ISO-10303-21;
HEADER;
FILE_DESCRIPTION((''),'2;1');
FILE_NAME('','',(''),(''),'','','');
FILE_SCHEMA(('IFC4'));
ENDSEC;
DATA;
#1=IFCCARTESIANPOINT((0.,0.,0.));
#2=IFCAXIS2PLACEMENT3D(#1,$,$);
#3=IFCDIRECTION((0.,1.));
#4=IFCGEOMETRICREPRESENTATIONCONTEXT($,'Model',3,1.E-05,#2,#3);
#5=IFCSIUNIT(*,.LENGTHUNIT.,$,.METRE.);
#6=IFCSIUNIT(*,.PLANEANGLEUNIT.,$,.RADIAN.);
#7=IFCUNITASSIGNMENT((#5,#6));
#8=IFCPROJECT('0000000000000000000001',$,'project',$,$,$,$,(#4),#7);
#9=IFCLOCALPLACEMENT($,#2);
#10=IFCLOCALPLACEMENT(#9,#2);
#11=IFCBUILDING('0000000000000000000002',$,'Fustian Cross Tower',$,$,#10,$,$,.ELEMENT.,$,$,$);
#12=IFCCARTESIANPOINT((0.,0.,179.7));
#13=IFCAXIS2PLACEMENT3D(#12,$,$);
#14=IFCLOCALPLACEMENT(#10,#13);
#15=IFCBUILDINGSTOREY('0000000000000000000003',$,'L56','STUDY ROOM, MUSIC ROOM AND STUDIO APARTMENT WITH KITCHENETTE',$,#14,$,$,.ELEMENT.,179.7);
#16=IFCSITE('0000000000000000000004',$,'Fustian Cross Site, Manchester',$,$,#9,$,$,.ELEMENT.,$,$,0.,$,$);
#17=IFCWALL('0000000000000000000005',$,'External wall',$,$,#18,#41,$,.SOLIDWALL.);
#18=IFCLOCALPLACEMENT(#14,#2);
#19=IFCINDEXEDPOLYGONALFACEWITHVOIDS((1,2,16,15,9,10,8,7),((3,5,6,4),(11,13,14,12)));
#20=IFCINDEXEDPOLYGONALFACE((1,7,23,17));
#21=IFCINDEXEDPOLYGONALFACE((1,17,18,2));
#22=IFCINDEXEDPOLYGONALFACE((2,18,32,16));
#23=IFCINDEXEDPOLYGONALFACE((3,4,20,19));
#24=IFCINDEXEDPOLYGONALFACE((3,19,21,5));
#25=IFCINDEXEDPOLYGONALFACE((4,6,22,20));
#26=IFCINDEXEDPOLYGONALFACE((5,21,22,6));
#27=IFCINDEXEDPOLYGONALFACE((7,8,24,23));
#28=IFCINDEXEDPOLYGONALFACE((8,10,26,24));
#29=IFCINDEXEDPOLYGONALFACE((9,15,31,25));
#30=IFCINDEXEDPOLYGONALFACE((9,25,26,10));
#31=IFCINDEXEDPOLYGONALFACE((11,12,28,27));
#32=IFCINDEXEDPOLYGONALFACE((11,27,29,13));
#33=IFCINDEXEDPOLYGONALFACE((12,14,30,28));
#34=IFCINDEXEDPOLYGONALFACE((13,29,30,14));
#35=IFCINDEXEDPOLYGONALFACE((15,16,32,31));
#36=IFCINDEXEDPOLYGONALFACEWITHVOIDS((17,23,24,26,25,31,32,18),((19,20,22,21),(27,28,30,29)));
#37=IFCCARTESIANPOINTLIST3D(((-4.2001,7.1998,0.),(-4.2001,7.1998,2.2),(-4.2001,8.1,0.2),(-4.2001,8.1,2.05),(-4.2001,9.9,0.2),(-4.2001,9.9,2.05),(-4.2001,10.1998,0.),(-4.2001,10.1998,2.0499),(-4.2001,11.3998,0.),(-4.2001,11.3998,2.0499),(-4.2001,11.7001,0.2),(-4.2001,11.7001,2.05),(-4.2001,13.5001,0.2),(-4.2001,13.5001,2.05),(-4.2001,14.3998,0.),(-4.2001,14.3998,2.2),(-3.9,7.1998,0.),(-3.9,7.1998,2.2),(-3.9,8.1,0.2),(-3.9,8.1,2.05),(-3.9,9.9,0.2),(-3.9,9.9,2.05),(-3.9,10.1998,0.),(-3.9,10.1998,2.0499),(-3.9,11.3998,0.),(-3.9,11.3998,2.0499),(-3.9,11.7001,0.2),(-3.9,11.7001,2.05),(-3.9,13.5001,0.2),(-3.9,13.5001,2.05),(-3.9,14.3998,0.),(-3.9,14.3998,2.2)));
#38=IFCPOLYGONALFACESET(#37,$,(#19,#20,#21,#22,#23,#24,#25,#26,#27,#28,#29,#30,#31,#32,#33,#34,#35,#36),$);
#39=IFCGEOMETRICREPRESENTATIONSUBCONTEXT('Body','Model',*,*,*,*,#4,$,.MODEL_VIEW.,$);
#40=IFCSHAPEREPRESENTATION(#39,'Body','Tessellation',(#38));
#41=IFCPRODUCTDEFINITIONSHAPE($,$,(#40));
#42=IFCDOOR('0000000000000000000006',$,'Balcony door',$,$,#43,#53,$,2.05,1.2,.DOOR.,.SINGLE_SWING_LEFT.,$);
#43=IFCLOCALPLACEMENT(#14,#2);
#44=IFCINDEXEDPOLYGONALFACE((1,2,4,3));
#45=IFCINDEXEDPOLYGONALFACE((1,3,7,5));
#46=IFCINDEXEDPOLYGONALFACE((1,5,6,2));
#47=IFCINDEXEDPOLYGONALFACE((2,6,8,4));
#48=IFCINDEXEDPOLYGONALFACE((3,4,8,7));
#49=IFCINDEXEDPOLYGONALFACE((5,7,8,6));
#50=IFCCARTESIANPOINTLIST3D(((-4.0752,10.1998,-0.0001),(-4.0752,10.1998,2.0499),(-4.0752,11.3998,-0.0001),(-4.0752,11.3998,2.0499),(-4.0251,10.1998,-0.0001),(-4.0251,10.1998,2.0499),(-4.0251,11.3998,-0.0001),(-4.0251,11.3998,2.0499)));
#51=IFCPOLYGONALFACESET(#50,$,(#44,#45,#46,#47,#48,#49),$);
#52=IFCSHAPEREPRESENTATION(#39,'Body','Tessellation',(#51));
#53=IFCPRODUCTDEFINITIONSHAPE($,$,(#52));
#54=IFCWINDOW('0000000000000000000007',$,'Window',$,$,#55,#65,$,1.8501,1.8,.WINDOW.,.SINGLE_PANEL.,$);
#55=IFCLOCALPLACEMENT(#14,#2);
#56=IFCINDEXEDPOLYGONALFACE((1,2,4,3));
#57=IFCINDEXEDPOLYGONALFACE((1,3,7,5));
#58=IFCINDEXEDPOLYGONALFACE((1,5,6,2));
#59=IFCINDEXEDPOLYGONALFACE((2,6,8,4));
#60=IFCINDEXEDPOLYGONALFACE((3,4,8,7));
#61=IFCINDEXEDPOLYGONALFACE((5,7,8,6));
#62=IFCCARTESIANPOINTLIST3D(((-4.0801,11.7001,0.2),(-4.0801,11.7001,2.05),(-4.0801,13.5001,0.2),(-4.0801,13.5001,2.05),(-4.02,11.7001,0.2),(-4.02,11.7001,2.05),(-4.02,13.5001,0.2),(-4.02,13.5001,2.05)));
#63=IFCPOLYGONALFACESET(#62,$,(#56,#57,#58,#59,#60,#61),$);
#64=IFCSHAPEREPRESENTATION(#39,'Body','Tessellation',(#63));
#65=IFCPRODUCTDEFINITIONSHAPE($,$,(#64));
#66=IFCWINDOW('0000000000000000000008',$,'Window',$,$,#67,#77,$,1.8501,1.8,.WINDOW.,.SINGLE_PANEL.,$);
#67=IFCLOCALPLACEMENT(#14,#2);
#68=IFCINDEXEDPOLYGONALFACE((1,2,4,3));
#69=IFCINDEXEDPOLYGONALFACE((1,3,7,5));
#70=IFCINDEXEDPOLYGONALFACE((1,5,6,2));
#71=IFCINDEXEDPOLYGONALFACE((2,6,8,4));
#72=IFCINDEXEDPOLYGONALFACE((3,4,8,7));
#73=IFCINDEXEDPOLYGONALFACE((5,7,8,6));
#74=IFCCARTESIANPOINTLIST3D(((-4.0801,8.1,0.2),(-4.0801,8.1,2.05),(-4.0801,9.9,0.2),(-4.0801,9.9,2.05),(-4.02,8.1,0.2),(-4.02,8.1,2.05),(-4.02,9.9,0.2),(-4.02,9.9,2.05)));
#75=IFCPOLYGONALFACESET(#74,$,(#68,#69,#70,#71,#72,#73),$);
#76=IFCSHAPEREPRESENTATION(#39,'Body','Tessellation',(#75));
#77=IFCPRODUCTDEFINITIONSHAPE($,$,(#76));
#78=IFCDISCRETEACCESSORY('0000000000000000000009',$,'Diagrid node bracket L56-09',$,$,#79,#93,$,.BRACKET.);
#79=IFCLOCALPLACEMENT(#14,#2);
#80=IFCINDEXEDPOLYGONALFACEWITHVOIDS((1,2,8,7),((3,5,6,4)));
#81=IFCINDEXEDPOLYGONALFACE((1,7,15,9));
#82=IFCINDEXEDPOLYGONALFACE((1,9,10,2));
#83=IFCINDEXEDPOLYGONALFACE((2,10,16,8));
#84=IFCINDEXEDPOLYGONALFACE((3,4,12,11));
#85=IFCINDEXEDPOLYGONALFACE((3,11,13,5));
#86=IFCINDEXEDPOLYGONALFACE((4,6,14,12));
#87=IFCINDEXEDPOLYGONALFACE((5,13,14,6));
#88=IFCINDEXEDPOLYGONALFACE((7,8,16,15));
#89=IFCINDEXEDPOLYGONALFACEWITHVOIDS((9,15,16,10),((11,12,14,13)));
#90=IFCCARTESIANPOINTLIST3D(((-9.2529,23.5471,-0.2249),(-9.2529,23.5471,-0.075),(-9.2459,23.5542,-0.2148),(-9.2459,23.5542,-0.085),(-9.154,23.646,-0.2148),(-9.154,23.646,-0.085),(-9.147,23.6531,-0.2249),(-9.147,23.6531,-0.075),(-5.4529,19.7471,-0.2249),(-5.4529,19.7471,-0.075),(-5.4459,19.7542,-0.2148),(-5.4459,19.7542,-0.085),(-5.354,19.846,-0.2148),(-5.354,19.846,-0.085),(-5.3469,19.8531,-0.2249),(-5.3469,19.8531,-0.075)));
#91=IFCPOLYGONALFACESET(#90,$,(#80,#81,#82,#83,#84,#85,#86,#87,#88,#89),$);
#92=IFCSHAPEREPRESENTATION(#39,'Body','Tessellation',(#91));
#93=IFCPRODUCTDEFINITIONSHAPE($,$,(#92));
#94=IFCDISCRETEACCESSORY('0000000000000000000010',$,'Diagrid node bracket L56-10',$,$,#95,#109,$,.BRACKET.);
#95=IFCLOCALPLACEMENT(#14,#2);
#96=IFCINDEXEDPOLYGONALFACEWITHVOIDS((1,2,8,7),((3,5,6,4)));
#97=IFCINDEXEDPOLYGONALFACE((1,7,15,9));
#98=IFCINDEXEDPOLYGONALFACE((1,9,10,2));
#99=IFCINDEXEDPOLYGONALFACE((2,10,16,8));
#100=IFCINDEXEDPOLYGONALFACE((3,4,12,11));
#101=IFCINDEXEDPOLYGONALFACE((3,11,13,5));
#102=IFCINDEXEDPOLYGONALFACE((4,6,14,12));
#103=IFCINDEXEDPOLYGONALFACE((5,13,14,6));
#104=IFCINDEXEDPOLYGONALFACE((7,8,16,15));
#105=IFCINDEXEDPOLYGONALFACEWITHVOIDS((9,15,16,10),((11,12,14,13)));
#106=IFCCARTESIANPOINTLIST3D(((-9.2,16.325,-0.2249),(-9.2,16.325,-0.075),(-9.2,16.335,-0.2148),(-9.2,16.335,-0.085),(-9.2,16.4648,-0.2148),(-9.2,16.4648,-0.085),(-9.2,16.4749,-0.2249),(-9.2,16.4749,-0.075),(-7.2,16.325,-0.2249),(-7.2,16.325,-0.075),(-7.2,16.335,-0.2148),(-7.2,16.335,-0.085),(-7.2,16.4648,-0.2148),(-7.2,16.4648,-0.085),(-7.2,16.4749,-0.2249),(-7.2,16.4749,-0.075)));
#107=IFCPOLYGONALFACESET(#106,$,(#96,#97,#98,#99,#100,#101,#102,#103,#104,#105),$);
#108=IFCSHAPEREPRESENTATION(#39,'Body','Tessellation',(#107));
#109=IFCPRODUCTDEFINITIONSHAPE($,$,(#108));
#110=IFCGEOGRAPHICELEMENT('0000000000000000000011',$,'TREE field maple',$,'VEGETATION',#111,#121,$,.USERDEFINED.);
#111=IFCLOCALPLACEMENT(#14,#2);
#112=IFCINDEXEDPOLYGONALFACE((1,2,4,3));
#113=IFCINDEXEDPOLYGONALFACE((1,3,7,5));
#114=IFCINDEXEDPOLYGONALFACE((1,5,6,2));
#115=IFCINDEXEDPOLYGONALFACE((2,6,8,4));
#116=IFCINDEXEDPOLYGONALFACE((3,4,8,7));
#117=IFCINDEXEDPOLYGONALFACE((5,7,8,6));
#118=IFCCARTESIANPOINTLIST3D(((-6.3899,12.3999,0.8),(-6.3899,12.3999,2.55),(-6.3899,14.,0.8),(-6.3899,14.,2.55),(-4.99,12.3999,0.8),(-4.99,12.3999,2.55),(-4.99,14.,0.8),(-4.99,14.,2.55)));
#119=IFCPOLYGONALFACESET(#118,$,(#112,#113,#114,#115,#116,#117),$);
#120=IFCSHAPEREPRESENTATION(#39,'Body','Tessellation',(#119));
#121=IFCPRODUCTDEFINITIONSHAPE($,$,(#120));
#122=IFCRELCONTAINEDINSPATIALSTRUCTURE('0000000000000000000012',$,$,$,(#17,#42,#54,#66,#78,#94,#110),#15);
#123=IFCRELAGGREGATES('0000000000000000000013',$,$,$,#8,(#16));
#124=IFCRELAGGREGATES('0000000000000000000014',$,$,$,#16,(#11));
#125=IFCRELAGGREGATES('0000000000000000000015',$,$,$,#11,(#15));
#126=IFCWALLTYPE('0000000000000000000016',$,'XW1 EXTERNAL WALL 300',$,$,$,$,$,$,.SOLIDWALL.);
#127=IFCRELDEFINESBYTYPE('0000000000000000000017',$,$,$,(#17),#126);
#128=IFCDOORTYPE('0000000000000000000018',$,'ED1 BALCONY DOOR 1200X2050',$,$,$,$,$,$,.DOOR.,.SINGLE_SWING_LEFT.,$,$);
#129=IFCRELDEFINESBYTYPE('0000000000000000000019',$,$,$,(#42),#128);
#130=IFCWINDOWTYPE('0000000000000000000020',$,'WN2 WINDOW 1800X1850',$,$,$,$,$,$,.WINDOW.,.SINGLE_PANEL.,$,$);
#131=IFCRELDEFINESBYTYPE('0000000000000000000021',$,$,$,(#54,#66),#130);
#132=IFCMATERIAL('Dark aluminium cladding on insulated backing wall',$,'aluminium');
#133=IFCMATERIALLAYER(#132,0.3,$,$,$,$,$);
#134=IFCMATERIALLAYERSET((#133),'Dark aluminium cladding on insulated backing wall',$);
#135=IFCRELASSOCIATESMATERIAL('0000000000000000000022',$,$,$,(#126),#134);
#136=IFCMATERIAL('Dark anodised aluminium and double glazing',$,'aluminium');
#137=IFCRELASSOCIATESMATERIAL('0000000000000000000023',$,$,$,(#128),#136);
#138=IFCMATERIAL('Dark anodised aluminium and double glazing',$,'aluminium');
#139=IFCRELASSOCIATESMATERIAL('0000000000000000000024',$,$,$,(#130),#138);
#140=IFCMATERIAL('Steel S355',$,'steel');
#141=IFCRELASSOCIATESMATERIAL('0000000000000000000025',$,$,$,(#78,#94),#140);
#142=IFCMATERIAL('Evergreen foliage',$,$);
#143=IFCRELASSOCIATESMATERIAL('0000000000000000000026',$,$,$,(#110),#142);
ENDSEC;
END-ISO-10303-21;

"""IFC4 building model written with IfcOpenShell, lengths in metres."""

from ifc_helpers import new_model, si_unit, direction, frame, frame_2d, origin, origin_2d, place, context, subcontext, project, spatial, rectangle, hollow_rectangle, extrude, material, layer, layer_set, type_object, element, fill, save


model = new_model("IFC4")

# Units and contexts
model_context = context("Model", 3, precision=1e-05, world=origin(), true_north=direction((0.0, 1.0)))
body_context = subcontext(model_context, "Body", "Model", "MODEL_VIEW")
ifc_project = project(units=[si_unit("LENGTHUNIT", "METRE"), si_unit("PLANEANGLEUNIT", "RADIAN")], contexts=[model_context])

# Site, building, storey
site_placement = place(None, origin())
site = spatial("IfcSite", under=ifc_project, at=site_placement, Name="Fustian Cross Site, Manchester", CompositionType="ELEMENT", RefElevation=0.0)
building_placement = place(site_placement, origin())
building = spatial("IfcBuilding", under=site, at=building_placement, Name="Fustian Cross Tower", CompositionType="ELEMENT")
storey_placement = place(building_placement, frame((0.0, 0.0, 179.7)))
storey = spatial("IfcBuildingStorey", under=building, at=storey_placement, Name="L56", Description="STUDY ROOM, MUSIC ROOM AND STUDIO APARTMENT WITH KITCHENETTE", CompositionType="ELEMENT", Elevation=179.7)

# Shared definitions
ifc_material_1 = material(Name="Dark aluminium cladding on insulated backing wall", Category="aluminium")
ifc_layer_1 = layer(ifc_material_1, 0.3)
ifc_layer_set_1 = layer_set([ifc_layer_1], Name="Dark aluminium cladding on insulated backing wall")
wall_type_1 = type_object("IfcWallType", Name="XW1 EXTERNAL WALL 300", PredefinedType="SOLIDWALL", material=ifc_layer_set_1)

# Wall, openings, door, windows
wall_1_placement = place(storey_placement, frame((-4.05, 14.3999, 0.0), z_axis=(0.0, 0.0, 1.0), x_axis=(0.0, -1.0, 0.0)))
wall_1 = element("IfcWall", 1, at=wall_1_placement, inside=storey, type_object=wall_type_1, Name="External wall", PredefinedType="SOLIDWALL", context=body_context, shape_type="SweptSolid", body=[
    extrude(rectangle(XDim=7.2, YDim=0.3, at=frame_2d((3.6001, 0.0))), origin(), (0.0, 0.0, 1.0), 2.2),
])
opening_1_placement = place(wall_1_placement, frame((3.0, 0.0, 0.0)))
opening_1 = element("IfcOpeningElement", 2, at=opening_1_placement, cuts=wall_1, PredefinedType="OPENING", context=body_context, shape_type="SweptSolid", body=[
    extrude(rectangle(XDim=1.2, YDim=2.05, at=frame_2d((0.6001, 1.0249))), frame((0.0, 0.1599, 0.0), z_axis=(0.0, -1.0, 0.0), x_axis=(1.0, 0.0, 0.0)), (0.0, 0.0, 1.0), 0.3201),
])
opening_2_placement = place(wall_1_placement, frame((0.8999, 0.0, 0.2)))
opening_2 = element("IfcOpeningElement", 3, at=opening_2_placement, cuts=wall_1, PredefinedType="OPENING", context=body_context, shape_type="SweptSolid", body=[
    extrude(rectangle(XDim=1.8, YDim=1.8501, at=frame_2d((0.8999, 0.925))), frame((0.0, 0.1599, 0.0), z_axis=(0.0, -1.0, 0.0), x_axis=(1.0, 0.0, 0.0)), (0.0, 0.0, 1.0), 0.3201),
])
opening_3_placement = place(wall_1_placement, frame((4.5, 0.0, 0.2)))
opening_3 = element("IfcOpeningElement", 4, at=opening_3_placement, cuts=wall_1, PredefinedType="OPENING", context=body_context, shape_type="SweptSolid", body=[
    extrude(rectangle(XDim=1.8, YDim=1.8501, at=frame_2d((0.8999, 0.925))), frame((0.0, 0.1599, 0.0), z_axis=(0.0, -1.0, 0.0), x_axis=(1.0, 0.0, 0.0)), (0.0, 0.0, 1.0), 0.3201),
])
ifc_material_2 = material(Name="Dark anodised aluminium and double glazing", Category="aluminium")
door_type = type_object("IfcDoorType", Name="ED1 BALCONY DOOR 1200X2050", OperationType="SINGLE_SWING_LEFT", PredefinedType="DOOR", material=ifc_material_2)
door_placement = place(opening_1_placement, origin())
door = element("IfcDoor", 5, at=door_placement, inside=storey, type_object=door_type, Name="Balcony door", OperationType="SINGLE_SWING_LEFT", OverallHeight=2.05, OverallWidth=1.2, PredefinedType="DOOR", context=body_context, shape_type="SweptSolid", body=[
    extrude(rectangle(XDim=1.2, YDim=2.05, at=frame_2d((0.6001, 1.0249))), frame((0.0, 0.0249, 0.0), z_axis=(0.0, -1.0, 0.0), x_axis=(1.0, 0.0, 0.0)), (0.0, 0.0, 1.0), 0.05),
])
fill(opening_1, door)
ifc_material_3 = material(Name="Dark anodised aluminium and double glazing", Category="aluminium")
window_type_1 = type_object("IfcWindowType", Name="WN2 WINDOW 1800X1850", PartitioningType="SINGLE_PANEL", PredefinedType="WINDOW", material=ifc_material_3)
window_1_placement = place(opening_2_placement, origin())
window_1 = element("IfcWindow", 6, at=window_1_placement, inside=storey, type_object=window_type_1, Name="Window", OverallHeight=1.8501, OverallWidth=1.8, PartitioningType="SINGLE_PANEL", PredefinedType="WINDOW", context=body_context, shape_type="SweptSolid", body=[
    extrude(rectangle(XDim=1.8, YDim=1.8501, at=frame_2d((0.8999, 0.925))), frame((0.0, 0.03, 0.0), z_axis=(0.0, -1.0, 0.0), x_axis=(1.0, 0.0, 0.0)), (0.0, 0.0, 1.0), 0.0601),
])
fill(opening_2, window_1)
window_2_placement = place(opening_3_placement, origin())
window_2 = element("IfcWindow", 7, at=window_2_placement, inside=storey, type_object=window_type_1, Name="Window", OverallHeight=1.8501, OverallWidth=1.8, PartitioningType="SINGLE_PANEL", PredefinedType="WINDOW", context=body_context, shape_type="SweptSolid", body=[
    extrude(rectangle(XDim=1.8, YDim=1.8501, at=frame_2d((0.8999, 0.925))), frame((0.0, 0.03, 0.0), z_axis=(0.0, -1.0, 0.0), x_axis=(1.0, 0.0, 0.0)), (0.0, 0.0, 1.0), 0.0601),
])
fill(opening_3, window_2)

# Discrete accessories
ifc_material_4 = material(Name="Steel S355", Category="steel")
discrete_accessory_1_placement = place(storey_placement, frame((-9.2, 23.6001, -0.1499), z_axis=(0.707107, -0.707107, 0.0), x_axis=(0.707107, 0.707107, 0.0)))
element("IfcDiscreteAccessory", 8, at=discrete_accessory_1_placement, inside=storey, material=ifc_material_4, Name="Diagrid node bracket L56-09", PredefinedType="BRACKET", context=body_context, shape_type="SweptSolid", body=[
    extrude(hollow_rectangle(XDim=0.1499, YDim=0.1499, WallThickness=0.01, at=origin_2d()), origin(), (0.0, 0.0, 1.0), 5.374),
])
discrete_accessory_2_placement = place(storey_placement, frame((-9.2, 16.3999, -0.1499), z_axis=(1.0, 0.0, 0.0), x_axis=(0.0, 1.0, 0.0)))
element("IfcDiscreteAccessory", 9, at=discrete_accessory_2_placement, inside=storey, material=ifc_material_4, Name="Diagrid node bracket L56-10", PredefinedType="BRACKET", context=body_context, shape_type="SweptSolid", body=[
    extrude(hollow_rectangle(XDim=0.1499, YDim=0.1499, WallThickness=0.01, at=origin_2d()), origin(), (0.0, 0.0, 1.0), 2.0),
])

# Geographic element
ifc_material_5 = material(Name="Evergreen foliage")
geographic_element_placement = place(storey_placement, frame((-5.6899, 13.2, 0.8), z_axis=(0.0, 0.0, 1.0), x_axis=(1.0, 0.0, 0.0)))
element("IfcGeographicElement", 10, at=geographic_element_placement, inside=storey, material=ifc_material_5, Name="TREE field maple", ObjectType="VEGETATION", PredefinedType="USERDEFINED", context=body_context, shape_type="SweptSolid", body=[
    extrude(rectangle(XDim=1.3999, YDim=1.6001, at=origin_2d()), origin(), (0.0, 0.0, 1.0), 1.75),
])

save(model, "model.ifc")
